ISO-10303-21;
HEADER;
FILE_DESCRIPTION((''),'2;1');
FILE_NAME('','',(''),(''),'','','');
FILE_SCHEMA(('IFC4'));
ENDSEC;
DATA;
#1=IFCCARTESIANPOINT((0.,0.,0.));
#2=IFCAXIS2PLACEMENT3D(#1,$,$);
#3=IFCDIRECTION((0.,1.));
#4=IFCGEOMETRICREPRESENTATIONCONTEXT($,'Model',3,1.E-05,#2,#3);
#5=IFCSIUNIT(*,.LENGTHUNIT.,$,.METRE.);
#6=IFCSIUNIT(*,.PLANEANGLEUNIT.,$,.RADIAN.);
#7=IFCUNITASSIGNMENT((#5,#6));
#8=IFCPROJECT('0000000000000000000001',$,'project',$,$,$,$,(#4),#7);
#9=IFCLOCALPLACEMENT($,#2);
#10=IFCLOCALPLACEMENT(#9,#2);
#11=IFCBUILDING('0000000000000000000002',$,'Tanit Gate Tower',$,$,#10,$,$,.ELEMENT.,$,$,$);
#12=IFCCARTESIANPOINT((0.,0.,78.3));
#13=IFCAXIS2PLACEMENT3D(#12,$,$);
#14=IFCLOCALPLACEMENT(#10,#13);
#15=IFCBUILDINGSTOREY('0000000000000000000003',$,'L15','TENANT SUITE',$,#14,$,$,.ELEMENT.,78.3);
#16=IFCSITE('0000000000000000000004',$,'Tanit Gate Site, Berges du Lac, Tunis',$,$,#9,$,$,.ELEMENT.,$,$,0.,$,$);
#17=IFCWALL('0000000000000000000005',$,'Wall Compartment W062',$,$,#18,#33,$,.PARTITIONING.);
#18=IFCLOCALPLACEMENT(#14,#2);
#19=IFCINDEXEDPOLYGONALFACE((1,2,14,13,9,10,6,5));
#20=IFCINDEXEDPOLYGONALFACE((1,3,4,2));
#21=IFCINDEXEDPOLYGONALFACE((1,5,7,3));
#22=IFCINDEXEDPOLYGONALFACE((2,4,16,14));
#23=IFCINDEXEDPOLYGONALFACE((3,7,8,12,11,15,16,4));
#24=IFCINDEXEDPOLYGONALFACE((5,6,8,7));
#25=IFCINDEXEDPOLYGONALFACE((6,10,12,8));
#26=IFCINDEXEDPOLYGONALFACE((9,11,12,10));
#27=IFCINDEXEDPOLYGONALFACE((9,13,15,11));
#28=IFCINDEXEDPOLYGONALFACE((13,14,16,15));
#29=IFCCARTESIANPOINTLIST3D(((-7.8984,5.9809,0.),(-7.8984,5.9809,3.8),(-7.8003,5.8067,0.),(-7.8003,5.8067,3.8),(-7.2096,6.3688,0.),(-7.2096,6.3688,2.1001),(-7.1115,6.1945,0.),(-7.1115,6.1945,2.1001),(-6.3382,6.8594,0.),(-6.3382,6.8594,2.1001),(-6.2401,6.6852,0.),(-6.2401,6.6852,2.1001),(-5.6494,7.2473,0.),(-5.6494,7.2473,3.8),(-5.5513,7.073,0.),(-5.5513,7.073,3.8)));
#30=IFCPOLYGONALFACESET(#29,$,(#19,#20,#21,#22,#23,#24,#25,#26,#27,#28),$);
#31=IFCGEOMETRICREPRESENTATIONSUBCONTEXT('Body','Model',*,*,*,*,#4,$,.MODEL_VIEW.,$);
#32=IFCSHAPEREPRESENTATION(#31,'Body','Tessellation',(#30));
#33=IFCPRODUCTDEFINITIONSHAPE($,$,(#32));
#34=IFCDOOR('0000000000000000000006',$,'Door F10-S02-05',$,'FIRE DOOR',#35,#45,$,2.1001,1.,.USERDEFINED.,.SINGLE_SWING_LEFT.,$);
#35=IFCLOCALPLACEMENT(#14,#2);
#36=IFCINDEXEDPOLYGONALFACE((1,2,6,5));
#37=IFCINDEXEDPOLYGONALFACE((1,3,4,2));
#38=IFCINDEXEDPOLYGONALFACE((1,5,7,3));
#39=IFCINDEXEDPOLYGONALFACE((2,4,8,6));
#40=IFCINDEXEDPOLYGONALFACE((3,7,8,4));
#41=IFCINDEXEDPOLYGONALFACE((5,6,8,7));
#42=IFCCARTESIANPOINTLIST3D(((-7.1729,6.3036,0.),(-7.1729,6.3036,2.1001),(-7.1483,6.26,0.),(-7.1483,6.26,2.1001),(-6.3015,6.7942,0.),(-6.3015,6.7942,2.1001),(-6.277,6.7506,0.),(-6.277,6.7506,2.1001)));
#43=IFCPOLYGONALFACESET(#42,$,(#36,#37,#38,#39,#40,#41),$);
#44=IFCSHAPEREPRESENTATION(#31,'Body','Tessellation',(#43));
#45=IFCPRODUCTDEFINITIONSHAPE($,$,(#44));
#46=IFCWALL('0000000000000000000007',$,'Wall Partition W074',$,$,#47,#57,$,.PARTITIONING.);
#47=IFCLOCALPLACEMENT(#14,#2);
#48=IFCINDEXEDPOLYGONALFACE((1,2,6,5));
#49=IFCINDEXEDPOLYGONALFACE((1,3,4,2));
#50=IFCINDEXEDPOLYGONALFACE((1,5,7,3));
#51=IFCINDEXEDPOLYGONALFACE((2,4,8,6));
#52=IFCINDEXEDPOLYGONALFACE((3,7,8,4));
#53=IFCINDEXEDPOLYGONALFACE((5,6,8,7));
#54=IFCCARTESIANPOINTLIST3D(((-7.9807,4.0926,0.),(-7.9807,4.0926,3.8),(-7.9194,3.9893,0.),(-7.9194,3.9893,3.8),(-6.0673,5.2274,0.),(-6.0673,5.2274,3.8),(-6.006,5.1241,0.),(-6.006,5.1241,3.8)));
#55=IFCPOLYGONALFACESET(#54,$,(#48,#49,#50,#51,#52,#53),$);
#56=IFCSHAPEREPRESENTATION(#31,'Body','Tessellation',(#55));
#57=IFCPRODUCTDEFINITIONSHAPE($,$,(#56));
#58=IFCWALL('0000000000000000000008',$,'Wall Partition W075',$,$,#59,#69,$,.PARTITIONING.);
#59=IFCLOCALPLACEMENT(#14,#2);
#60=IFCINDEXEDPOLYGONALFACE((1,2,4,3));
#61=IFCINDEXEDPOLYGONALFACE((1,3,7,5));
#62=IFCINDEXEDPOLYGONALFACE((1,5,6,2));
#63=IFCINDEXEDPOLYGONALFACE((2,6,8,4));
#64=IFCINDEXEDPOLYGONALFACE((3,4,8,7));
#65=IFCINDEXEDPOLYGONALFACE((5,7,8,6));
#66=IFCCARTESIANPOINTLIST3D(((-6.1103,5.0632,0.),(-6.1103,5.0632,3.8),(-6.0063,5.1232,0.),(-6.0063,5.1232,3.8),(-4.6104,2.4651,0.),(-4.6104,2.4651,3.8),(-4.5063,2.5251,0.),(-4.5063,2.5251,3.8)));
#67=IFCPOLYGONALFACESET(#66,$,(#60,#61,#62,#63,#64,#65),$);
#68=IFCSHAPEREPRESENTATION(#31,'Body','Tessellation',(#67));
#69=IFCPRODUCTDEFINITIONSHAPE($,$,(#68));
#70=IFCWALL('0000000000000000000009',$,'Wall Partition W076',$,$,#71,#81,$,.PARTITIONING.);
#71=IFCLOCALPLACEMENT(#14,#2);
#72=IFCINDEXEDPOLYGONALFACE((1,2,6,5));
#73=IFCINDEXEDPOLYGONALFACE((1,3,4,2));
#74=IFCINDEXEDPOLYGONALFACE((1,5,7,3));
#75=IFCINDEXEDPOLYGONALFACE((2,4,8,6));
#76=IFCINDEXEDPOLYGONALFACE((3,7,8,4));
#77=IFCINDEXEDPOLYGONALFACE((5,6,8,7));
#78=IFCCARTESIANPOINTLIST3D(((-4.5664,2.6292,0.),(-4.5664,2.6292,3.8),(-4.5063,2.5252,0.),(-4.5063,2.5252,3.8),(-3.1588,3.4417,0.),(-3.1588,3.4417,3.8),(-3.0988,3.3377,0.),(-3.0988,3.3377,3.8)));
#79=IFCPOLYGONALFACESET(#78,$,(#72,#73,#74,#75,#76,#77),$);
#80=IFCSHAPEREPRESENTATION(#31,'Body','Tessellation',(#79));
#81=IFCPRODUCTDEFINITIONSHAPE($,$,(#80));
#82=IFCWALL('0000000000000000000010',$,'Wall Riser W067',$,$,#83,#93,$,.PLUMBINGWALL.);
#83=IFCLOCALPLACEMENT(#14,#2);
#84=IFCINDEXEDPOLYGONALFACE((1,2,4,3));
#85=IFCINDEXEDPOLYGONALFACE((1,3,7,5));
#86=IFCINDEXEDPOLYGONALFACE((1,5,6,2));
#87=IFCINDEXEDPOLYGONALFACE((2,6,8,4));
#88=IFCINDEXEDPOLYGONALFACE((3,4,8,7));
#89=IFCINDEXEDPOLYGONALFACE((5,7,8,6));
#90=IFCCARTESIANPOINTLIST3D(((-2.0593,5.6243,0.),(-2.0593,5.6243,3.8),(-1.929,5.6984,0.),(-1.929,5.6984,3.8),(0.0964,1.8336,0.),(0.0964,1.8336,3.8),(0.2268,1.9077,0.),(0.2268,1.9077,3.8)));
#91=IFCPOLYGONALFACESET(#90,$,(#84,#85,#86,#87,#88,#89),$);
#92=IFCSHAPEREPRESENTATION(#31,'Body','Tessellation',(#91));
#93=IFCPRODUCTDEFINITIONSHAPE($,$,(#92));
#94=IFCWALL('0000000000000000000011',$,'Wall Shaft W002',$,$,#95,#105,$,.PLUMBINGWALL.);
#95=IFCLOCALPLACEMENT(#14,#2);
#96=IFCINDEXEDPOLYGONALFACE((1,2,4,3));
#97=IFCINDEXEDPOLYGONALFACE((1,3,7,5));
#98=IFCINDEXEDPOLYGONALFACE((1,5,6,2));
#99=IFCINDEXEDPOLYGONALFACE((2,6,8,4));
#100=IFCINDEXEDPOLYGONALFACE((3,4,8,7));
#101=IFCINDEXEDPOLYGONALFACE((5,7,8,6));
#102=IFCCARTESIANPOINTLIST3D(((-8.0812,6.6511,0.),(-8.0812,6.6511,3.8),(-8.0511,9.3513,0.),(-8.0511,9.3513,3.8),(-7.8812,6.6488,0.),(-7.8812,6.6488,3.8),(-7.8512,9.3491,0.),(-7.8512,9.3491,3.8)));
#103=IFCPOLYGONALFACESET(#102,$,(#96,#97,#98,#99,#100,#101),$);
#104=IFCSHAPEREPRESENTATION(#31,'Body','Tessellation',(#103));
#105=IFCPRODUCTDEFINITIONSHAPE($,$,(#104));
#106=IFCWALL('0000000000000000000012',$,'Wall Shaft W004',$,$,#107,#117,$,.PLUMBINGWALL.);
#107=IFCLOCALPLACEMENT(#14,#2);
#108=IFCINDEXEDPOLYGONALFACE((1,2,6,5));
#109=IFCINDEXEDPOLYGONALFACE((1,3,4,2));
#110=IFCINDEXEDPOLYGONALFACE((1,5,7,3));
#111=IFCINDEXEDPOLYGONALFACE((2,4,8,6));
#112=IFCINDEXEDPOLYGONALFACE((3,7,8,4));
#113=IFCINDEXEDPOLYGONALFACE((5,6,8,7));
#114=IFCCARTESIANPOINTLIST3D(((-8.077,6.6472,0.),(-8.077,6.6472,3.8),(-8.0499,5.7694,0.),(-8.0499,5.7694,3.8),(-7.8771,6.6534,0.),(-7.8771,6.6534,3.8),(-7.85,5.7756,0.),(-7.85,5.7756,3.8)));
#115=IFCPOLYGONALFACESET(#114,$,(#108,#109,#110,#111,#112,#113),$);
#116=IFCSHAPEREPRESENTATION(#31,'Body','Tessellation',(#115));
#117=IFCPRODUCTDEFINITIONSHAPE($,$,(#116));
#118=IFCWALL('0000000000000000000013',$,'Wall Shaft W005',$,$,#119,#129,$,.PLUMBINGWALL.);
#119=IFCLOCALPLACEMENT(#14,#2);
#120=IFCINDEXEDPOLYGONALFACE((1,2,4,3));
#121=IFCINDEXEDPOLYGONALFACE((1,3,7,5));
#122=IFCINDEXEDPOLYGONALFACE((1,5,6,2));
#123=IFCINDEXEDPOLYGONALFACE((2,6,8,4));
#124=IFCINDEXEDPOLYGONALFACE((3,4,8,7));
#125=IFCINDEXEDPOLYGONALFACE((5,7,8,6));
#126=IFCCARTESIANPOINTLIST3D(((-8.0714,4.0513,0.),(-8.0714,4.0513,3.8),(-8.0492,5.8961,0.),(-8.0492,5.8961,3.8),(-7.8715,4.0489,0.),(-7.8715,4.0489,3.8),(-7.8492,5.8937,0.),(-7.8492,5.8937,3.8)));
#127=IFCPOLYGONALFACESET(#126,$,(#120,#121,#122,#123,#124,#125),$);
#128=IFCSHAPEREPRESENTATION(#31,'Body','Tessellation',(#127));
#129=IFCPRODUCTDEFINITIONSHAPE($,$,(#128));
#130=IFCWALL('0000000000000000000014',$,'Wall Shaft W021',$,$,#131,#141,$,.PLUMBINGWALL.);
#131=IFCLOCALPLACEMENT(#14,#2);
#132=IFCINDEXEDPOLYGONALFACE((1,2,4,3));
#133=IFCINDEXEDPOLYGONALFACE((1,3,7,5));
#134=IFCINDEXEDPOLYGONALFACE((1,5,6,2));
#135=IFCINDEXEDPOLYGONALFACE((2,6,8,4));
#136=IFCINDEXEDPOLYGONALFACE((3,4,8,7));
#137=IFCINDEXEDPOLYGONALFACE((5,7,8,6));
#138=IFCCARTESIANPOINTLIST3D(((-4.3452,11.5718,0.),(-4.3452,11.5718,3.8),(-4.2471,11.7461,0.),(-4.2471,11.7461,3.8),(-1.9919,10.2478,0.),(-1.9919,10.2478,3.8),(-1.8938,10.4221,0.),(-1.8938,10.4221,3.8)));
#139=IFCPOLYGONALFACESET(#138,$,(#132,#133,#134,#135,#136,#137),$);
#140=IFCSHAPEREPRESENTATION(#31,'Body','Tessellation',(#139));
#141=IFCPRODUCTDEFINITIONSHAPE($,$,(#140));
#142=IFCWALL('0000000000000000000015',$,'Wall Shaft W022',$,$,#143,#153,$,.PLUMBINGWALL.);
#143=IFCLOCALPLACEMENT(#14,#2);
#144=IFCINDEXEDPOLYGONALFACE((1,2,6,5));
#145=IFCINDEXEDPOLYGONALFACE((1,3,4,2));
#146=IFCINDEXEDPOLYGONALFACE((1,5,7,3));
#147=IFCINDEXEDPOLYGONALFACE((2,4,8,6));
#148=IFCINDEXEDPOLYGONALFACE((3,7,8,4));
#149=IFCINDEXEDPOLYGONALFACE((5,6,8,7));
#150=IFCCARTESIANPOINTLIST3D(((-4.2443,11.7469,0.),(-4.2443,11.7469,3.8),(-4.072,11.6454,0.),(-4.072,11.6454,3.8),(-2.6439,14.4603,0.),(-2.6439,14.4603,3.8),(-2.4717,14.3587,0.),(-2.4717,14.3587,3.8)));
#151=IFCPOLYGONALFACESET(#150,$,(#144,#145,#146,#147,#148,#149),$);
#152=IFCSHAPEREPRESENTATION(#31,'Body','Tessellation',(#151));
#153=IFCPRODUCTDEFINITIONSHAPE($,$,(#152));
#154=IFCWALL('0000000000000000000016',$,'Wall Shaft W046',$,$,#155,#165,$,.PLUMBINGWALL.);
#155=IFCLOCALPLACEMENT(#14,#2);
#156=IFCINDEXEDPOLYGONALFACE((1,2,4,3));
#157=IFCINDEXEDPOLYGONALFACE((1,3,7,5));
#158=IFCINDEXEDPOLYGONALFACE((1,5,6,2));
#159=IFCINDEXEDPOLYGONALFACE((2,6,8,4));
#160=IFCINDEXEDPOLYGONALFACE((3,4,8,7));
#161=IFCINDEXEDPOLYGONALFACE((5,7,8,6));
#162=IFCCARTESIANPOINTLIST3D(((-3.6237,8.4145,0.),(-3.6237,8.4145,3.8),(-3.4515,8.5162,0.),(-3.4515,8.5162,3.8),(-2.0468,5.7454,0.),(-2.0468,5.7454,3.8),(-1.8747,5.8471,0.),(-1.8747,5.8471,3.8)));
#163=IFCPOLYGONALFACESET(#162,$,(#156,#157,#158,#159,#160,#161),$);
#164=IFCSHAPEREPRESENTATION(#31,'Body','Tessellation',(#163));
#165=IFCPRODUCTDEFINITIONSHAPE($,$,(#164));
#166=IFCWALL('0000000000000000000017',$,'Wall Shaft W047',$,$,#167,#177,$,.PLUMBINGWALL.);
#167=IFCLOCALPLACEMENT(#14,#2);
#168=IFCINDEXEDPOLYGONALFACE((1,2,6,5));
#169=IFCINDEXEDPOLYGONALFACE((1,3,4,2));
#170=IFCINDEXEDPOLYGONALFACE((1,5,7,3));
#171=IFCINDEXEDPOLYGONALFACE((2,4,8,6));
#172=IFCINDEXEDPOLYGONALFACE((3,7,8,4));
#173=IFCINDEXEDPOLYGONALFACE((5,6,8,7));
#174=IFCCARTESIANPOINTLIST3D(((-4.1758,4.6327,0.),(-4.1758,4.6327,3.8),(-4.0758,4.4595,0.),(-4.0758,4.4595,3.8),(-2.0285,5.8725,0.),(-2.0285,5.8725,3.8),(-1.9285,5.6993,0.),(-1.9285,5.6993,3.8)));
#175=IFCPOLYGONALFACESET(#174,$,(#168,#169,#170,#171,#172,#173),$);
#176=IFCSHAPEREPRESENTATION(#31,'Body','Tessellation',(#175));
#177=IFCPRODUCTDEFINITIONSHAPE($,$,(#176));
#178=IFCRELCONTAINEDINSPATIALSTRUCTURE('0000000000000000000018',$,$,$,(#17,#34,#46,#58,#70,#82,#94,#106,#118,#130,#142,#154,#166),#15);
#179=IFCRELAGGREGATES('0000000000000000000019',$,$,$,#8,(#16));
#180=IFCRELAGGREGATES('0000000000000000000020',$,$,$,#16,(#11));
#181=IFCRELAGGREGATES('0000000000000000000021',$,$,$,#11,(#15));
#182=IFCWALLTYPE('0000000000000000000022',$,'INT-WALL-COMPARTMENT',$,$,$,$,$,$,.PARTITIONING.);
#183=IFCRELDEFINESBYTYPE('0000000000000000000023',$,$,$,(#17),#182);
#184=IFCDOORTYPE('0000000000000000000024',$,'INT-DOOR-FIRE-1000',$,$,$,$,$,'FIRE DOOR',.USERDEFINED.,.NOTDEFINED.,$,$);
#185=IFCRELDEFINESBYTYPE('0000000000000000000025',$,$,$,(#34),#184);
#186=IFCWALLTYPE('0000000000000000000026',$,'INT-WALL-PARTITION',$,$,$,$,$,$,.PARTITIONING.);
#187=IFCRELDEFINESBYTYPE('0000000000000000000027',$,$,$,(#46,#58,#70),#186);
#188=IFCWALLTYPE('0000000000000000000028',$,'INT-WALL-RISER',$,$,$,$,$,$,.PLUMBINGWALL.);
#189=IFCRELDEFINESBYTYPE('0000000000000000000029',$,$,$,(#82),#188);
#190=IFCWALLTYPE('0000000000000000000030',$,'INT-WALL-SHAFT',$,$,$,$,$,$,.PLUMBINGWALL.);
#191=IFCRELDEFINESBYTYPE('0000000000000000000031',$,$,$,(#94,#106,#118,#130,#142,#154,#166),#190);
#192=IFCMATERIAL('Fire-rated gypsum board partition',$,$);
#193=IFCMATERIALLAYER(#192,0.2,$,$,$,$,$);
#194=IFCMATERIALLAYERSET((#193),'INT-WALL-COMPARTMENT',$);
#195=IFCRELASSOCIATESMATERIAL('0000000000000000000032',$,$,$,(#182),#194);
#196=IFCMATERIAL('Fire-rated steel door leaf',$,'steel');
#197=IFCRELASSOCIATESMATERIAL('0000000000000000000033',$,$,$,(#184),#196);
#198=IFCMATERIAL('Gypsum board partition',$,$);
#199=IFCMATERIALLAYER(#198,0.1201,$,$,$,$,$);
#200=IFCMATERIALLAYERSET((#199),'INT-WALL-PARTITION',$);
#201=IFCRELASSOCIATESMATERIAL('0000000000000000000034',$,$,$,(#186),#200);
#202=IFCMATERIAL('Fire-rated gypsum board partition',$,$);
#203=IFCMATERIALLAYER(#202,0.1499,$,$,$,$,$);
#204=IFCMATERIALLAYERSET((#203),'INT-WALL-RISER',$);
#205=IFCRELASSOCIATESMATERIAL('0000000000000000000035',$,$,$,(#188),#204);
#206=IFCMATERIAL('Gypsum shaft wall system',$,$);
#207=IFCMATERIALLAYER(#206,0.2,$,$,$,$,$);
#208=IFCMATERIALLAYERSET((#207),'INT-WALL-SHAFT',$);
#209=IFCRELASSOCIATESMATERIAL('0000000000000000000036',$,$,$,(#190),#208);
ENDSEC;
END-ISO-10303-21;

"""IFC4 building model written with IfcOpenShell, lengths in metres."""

from ifc_helpers import new_model, si_unit, direction, frame, frame_2d, origin, place, context, subcontext, project, spatial, rectangle, extrude, material, layer, layer_set, type_object, element, fill, save


model = new_model("IFC4")

# Units and contexts
model_context = context("Model", 3, precision=1e-05, world=origin(), true_north=direction((0.0, 1.0)))
body_context = subcontext(model_context, "Body", "Model", "MODEL_VIEW")
ifc_project = project(units=[si_unit("LENGTHUNIT", "METRE"), si_unit("PLANEANGLEUNIT", "RADIAN")], contexts=[model_context])

# Site, building, storey
site_placement = place(None, origin())
site = spatial("IfcSite", under=ifc_project, at=site_placement, Name="Tanit Gate Site, Berges du Lac, Tunis", CompositionType="ELEMENT", RefElevation=0.0)
building_placement = place(site_placement, origin())
building = spatial("IfcBuilding", under=site, at=building_placement, Name="Tanit Gate Tower", CompositionType="ELEMENT")
storey_placement = place(building_placement, frame((0.0, 0.0, 78.3)))
storey = spatial("IfcBuildingStorey", under=building, at=storey_placement, Name="L15", Description="TENANT SUITE", CompositionType="ELEMENT", Elevation=78.3)

# Wall, opening, door
ifc_material_1 = material(Name="Fire-rated gypsum board partition")
ifc_layer_1 = layer(ifc_material_1, 0.2)
ifc_layer_set_1 = layer_set([ifc_layer_1], Name="INT-WALL-COMPARTMENT")
wall_type_1 = type_object("IfcWallType", Name="INT-WALL-COMPARTMENT", PredefinedType="PARTITIONING", material=ifc_layer_set_1)
wall_1_placement = place(storey_placement, frame((-5.6003, 7.1602, 0.0), z_axis=(0.0, 0.0, 1.0), x_axis=(-0.871363, -0.490638, 0.0)))
wall_1 = element("IfcWall", 1, at=wall_1_placement, inside=storey, type_object=wall_type_1, Name="Wall Compartment W062", PredefinedType="PARTITIONING", context=body_context, shape_type="SweptSolid", body=[
    extrude(rectangle(XDim=2.5811, YDim=0.2, at=frame_2d((1.2905, 0.0))), origin(), (0.0, 0.0, 1.0), 3.8),
])
opening_1_placement = place(wall_1_placement, frame((0.7905, 0.0, 0.0)))
opening_1 = element("IfcOpeningElement", 2, at=opening_1_placement, cuts=wall_1, PredefinedType="OPENING", context=body_context, shape_type="SweptSolid", body=[
    extrude(rectangle(XDim=1.0, YDim=2.1001, at=frame_2d((0.5, 1.05))), frame((0.0, 0.1099, 0.0), z_axis=(0.0, -1.0, 0.0), x_axis=(1.0, 0.0, 0.0)), (0.0, 0.0, 1.0), 0.22),
])
ifc_material_2 = material(Name="Fire-rated steel door leaf", Category="steel")
door_type_1 = type_object("IfcDoorType", Name="INT-DOOR-FIRE-1000", ElementType="FIRE DOOR", OperationType="NOTDEFINED", PredefinedType="USERDEFINED", material=ifc_material_2)
door_1_placement = place(opening_1_placement, origin())
door_1 = element("IfcDoor", 3, at=door_1_placement, inside=storey, type_object=door_type_1, Name="Door F10-S02-05", ObjectType="FIRE DOOR", OperationType="SINGLE_SWING_LEFT", OverallHeight=2.1001, OverallWidth=1.0, PredefinedType="USERDEFINED", context=body_context, shape_type="SweptSolid", body=[
    extrude(rectangle(XDim=1.0, YDim=2.1001, at=frame_2d((0.5, 1.05))), frame((0.0, 0.0249, 0.0), z_axis=(0.0, -1.0, 0.0), x_axis=(1.0, 0.0, 0.0)), (0.0, 0.0, 1.0), 0.05),
])
fill(opening_1, door_1)

# Walls
ifc_material_3 = material(Name="Gypsum board partition")
ifc_layer_2 = layer(ifc_material_3, 0.1201)
ifc_layer_set_2 = layer_set([ifc_layer_2], Name="INT-WALL-PARTITION")
wall_type_2 = type_object("IfcWallType", Name="INT-WALL-PARTITION", PredefinedType="PARTITIONING", material=ifc_layer_set_2)
wall_2_placement = place(storey_placement, frame((-6.0366, 5.1758, 0.0), z_axis=(0.0, 0.0, 1.0), x_axis=(-0.860106, -0.510115, 0.0)))
element("IfcWall", 4, at=wall_2_placement, inside=storey, type_object=wall_type_2, Name="Wall Partition W074", PredefinedType="PARTITIONING", context=body_context, shape_type="SweptSolid", body=[
    extrude(rectangle(XDim=2.2246, YDim=0.1201, at=frame_2d((1.1123, 0.0))), origin(), (0.0, 0.0, 1.0), 3.8),
])
wall_3_placement = place(storey_placement, frame((-4.5583, 2.4951, 0.0), z_axis=(0.0, 0.0, 1.0), x_axis=(-0.49999, 0.866031, 0.0)))
element("IfcWall", 5, at=wall_3_placement, inside=storey, type_object=wall_type_2, Name="Wall Partition W075", PredefinedType="PARTITIONING", context=body_context, shape_type="SweptSolid", body=[
    extrude(rectangle(XDim=3.0, YDim=0.1201, at=frame_2d((1.5, 0.0))), origin(), (0.0, 0.0, 1.0), 3.8),
])
wall_4_placement = place(storey_placement, frame((-3.1289, 3.3896, 0.0), z_axis=(0.0, 0.0, 1.0), x_axis=(-0.866053, -0.499952, 0.0)))
element("IfcWall", 6, at=wall_4_placement, inside=storey, type_object=wall_type_2, Name="Wall Partition W076", PredefinedType="PARTITIONING", context=body_context, shape_type="SweptSolid", body=[
    extrude(rectangle(XDim=1.6252, YDim=0.1201, at=frame_2d((0.8125, 0.0))), origin(), (0.0, 0.0, 1.0), 3.8),
])
ifc_material_4 = material(Name="Fire-rated gypsum board partition")
ifc_layer_3 = layer(ifc_material_4, 0.1499)
ifc_layer_set_3 = layer_set([ifc_layer_3], Name="INT-WALL-RISER")
wall_type_3 = type_object("IfcWallType", Name="INT-WALL-RISER", PredefinedType="PLUMBINGWALL", material=ifc_layer_set_3)
wall_5_placement = place(storey_placement, frame((-1.9941, 5.6614, 0.0), z_axis=(0.0, 0.0, 1.0), x_axis=(0.494341, -0.869268, 0.0)))
element("IfcWall", 7, at=wall_5_placement, inside=storey, type_object=wall_type_3, Name="Wall Riser W067", PredefinedType="PLUMBINGWALL", context=body_context, shape_type="SweptSolid", body=[
    extrude(rectangle(XDim=4.3608, YDim=0.1499, at=frame_2d((2.1804, 0.0))), origin(), (0.0, 0.0, 1.0), 3.8),
])
ifc_material_5 = material(Name="Gypsum shaft wall system")
ifc_layer_4 = layer(ifc_material_5, 0.2)
ifc_layer_set_4 = layer_set([ifc_layer_4], Name="INT-WALL-SHAFT")
wall_type_4 = type_object("IfcWallType", Name="INT-WALL-SHAFT", PredefinedType="PLUMBINGWALL", material=ifc_layer_set_4)
wall_6_placement = place(storey_placement, frame((-7.9512, 9.3501, 0.0), z_axis=(0.0, 0.0, 1.0), x_axis=(-0.01112, -0.999938, 0.0)))
element("IfcWall", 8, at=wall_6_placement, inside=storey, type_object=wall_type_4, Name="Wall Shaft W002", PredefinedType="PLUMBINGWALL", context=body_context, shape_type="SweptSolid", body=[
    extrude(rectangle(XDim=2.7004, YDim=0.2, at=frame_2d((1.3501, 0.0))), origin(), (0.0, 0.0, 1.0), 3.8),
])
wall_7_placement = place(storey_placement, frame((-7.9771, 6.6501, 0.0), z_axis=(0.0, 0.0, 1.0), x_axis=(0.030862, -0.999524, 0.0)))
element("IfcWall", 9, at=wall_7_placement, inside=storey, type_object=wall_type_4, Name="Wall Shaft W004", PredefinedType="PLUMBINGWALL", context=body_context, shape_type="SweptSolid", body=[
    extrude(rectangle(XDim=0.8782, YDim=0.2, at=frame_2d((0.439, 0.0))), origin(), (0.0, 0.0, 1.0), 3.8),
])
wall_8_placement = place(storey_placement, frame((-7.9492, 5.8948, 0.0), z_axis=(0.0, 0.0, 1.0), x_axis=(-0.012043, -0.999927, 0.0)))
element("IfcWall", 10, at=wall_8_placement, inside=storey, type_object=wall_type_4, Name="Wall Shaft W005", PredefinedType="PLUMBINGWALL", context=body_context, shape_type="SweptSolid", body=[
    extrude(rectangle(XDim=1.845, YDim=0.2, at=frame_2d((0.9224, 0.0))), origin(), (0.0, 0.0, 1.0), 3.8),
])
wall_9_placement = place(storey_placement, frame((-4.2961, 11.6589, 0.0), z_axis=(0.0, 0.0, 1.0), x_axis=(0.871534, -0.490334, 0.0)))
element("IfcWall", 11, at=wall_9_placement, inside=storey, type_object=wall_type_4, Name="Wall Shaft W021", PredefinedType="PLUMBINGWALL", context=body_context, shape_type="SweptSolid", body=[
    extrude(rectangle(XDim=2.7002, YDim=0.2, at=frame_2d((1.3501, 0.0))), origin(), (0.0, 0.0, 1.0), 3.8),
])
wall_10_placement = place(storey_placement, frame((-4.1582, 11.696, 0.0), z_axis=(0.0, 0.0, 1.0), x_axis=(0.508019, 0.861346, 0.0)))
element("IfcWall", 12, at=wall_10_placement, inside=storey, type_object=wall_type_4, Name="Wall Shaft W022", PredefinedType="PLUMBINGWALL", context=body_context, shape_type="SweptSolid", body=[
    extrude(rectangle(XDim=3.1501, YDim=0.2, at=frame_2d((1.5752, 0.0))), origin(), (0.0, 0.0, 1.0), 3.8),
])

# Walls
wall_11_placement = place(storey_placement, frame((-3.5376, 8.4653, 0.0), z_axis=(0.0, 0.0, 1.0), x_axis=(0.508647, -0.860975, 0.0)))
element("IfcWall", 13, at=wall_11_placement, inside=storey, type_object=wall_type_4, Name="Wall Shaft W046", PredefinedType="PLUMBINGWALL", context=body_context, shape_type="SweptSolid", body=[
    extrude(rectangle(XDim=3.1001, YDim=0.2, at=frame_2d((1.55, 0.0))), origin(), (0.0, 0.0, 1.0), 3.8),
])
wall_12_placement = place(storey_placement, frame((-1.9785, 5.7859, 0.0), z_axis=(0.0, 0.0, 1.0), x_axis=(-0.866017, -0.500015, 0.0)))
element("IfcWall", 14, at=wall_12_placement, inside=storey, type_object=wall_type_4, Name="Wall Shaft W047", PredefinedType="PLUMBINGWALL", context=body_context, shape_type="SweptSolid", body=[
    extrude(rectangle(XDim=2.4795, YDim=0.2, at=frame_2d((1.2397, 0.0))), origin(), (0.0, 0.0, 1.0), 3.8),
])

save(model, "model.ifc")
